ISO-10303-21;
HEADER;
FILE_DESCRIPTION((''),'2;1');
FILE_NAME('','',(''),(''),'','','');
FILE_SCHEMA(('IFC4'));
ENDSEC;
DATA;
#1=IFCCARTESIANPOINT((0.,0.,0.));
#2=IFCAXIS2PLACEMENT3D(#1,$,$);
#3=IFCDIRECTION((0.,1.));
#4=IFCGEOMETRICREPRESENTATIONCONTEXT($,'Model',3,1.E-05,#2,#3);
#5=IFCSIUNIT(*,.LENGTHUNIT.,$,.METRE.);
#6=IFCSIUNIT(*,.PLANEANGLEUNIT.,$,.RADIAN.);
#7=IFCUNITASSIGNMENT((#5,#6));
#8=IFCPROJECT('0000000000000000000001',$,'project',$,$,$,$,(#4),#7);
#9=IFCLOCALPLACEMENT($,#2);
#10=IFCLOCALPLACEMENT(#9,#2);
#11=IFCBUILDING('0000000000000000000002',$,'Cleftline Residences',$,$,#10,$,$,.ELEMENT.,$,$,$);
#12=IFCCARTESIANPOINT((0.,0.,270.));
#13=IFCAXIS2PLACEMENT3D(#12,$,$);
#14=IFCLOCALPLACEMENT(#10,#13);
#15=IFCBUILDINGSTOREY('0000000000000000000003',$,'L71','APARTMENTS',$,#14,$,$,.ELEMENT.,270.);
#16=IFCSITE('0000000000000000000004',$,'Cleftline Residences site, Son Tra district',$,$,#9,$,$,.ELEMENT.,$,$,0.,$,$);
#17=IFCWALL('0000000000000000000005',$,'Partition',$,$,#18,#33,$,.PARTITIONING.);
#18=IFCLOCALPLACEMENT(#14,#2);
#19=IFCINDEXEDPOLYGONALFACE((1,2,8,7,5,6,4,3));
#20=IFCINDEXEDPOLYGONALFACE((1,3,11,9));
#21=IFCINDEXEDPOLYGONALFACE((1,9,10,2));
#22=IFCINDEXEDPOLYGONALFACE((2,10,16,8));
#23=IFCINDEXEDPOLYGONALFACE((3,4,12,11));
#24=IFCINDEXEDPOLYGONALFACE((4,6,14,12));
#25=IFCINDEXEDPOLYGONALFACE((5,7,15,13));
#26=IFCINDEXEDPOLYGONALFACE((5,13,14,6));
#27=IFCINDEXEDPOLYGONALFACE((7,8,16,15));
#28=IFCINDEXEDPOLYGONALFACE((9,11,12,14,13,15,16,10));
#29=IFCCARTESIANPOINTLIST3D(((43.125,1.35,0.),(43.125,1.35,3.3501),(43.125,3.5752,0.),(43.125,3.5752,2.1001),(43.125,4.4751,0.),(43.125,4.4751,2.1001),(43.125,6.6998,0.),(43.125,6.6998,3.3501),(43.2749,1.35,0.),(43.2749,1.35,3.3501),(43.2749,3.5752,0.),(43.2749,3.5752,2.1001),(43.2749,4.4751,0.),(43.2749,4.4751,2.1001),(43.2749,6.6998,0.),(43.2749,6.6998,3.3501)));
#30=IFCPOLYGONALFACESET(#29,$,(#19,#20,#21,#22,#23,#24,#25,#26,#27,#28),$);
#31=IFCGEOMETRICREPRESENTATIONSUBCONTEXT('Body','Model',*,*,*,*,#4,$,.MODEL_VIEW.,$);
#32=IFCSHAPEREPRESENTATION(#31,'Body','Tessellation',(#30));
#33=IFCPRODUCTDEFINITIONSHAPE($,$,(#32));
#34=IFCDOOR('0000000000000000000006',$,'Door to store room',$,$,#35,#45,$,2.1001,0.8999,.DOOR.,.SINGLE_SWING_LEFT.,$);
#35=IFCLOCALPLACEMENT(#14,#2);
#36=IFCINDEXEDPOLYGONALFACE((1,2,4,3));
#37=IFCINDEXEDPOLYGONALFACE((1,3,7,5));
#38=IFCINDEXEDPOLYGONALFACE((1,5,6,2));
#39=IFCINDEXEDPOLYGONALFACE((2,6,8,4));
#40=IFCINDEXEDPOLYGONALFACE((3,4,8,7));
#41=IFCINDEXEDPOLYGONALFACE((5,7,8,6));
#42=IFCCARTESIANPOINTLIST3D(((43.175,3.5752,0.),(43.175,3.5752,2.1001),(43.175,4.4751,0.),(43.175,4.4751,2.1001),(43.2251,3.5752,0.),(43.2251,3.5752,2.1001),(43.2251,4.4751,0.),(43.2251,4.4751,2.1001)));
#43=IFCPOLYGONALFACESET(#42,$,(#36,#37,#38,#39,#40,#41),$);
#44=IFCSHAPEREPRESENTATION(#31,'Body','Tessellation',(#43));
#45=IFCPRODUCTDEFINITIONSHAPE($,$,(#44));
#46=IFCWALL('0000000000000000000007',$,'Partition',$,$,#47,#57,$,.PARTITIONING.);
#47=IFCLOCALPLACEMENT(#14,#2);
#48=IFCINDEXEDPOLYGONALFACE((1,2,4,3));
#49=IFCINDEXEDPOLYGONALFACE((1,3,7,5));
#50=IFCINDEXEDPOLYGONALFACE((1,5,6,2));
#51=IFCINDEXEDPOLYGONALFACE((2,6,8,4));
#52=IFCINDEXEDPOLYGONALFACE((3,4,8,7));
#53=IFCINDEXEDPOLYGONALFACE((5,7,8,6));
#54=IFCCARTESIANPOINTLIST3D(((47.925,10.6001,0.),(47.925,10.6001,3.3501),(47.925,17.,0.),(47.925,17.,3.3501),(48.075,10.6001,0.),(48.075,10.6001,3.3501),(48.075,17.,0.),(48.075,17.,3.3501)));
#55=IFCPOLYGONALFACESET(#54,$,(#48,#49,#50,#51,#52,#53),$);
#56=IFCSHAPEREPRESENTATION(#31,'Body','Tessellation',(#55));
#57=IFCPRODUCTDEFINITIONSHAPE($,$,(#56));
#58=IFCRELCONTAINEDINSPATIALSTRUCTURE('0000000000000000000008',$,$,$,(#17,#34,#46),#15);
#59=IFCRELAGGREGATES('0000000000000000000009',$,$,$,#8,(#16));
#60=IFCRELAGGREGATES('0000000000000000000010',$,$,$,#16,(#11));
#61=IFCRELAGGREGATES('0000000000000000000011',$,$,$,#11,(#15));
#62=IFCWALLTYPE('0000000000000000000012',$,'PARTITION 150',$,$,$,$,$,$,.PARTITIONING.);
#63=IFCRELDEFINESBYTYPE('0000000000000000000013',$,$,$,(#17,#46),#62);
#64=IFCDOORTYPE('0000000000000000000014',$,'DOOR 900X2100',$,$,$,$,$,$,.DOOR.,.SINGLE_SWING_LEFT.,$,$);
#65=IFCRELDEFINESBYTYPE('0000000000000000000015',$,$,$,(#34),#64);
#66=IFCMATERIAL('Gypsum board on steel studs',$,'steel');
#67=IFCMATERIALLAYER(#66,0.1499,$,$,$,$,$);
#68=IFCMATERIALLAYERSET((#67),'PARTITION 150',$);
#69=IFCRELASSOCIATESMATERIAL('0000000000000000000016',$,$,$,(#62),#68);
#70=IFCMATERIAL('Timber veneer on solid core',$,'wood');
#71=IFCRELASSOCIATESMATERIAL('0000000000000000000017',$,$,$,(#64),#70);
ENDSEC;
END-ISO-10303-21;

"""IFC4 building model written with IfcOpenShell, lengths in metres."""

from ifc_helpers import new_model, si_unit, direction, frame, frame_2d, origin, place, context, subcontext, project, spatial, rectangle, extrude, material, layer, layer_set, type_object, element, fill, save


model = new_model("IFC4")

# Units and contexts
model_context = context("Model", 3, precision=1e-05, world=origin(), true_north=direction((0.0, 1.0)))
body_context = subcontext(model_context, "Body", "Model", "MODEL_VIEW")
ifc_project = project(units=[si_unit("LENGTHUNIT", "METRE"), si_unit("PLANEANGLEUNIT", "RADIAN")], contexts=[model_context])

# Site, building, storey
site_placement = place(None, origin())
site = spatial("IfcSite", under=ifc_project, at=site_placement, Name="Cleftline Residences site, Son Tra district", CompositionType="ELEMENT", RefElevation=0.0)
building_placement = place(site_placement, origin())
building = spatial("IfcBuilding", under=site, at=building_placement, Name="Cleftline Residences", CompositionType="ELEMENT")
storey_placement = place(building_placement, frame((0.0, 0.0, 270.0)))
storey = spatial("IfcBuildingStorey", under=building, at=storey_placement, Name="L71", Description="APARTMENTS", CompositionType="ELEMENT", Elevation=270.0)

# Shared definitions
ifc_material_1 = material(Name="Gypsum board on steel studs", Category="steel")
ifc_layer_1 = layer(ifc_material_1, 0.1499)
ifc_layer_set_1 = layer_set([ifc_layer_1], Name="PARTITION 150")
wall_type_1 = type_object("IfcWallType", Name="PARTITION 150", PredefinedType="PARTITIONING", material=ifc_layer_set_1)

# Shared definitions
ifc_material_2 = material(Name="Timber veneer on solid core", Category="wood")
door_type_1 = type_object("IfcDoorType", Name="DOOR 900X2100", OperationType="SINGLE_SWING_LEFT", PredefinedType="DOOR", material=ifc_material_2)

# Wall, opening, door
wall_1_placement = place(storey_placement, frame((43.2, 1.3501, 0.0), z_axis=(0.0, 0.0, 1.0), x_axis=(0.0, 1.0, 0.0)))
wall_1 = element("IfcWall", 1, at=wall_1_placement, inside=storey, type_object=wall_type_1, Name="Partition", PredefinedType="PARTITIONING", context=body_context, shape_type="SweptSolid", body=[
    extrude(rectangle(XDim=5.3499, YDim=0.1499, at=frame_2d((2.6748, 0.0))), origin(), (0.0, 0.0, 1.0), 3.3501),
])
opening_1_placement = place(wall_1_placement, frame((2.2251, 0.0, 0.0)))
opening_1 = element("IfcOpeningElement", 2, at=opening_1_placement, cuts=wall_1, PredefinedType="OPENING", context=body_context, shape_type="SweptSolid", body=[
    extrude(rectangle(XDim=0.8999, YDim=2.1001, at=frame_2d((0.45, 1.05))), frame((0.0, 0.085, 0.0), z_axis=(0.0, -1.0, 0.0), x_axis=(1.0, 0.0, 0.0)), (0.0, 0.0, 1.0), 0.1699),
])
door_1_placement = place(opening_1_placement, origin())
door_1 = element("IfcDoor", 3, at=door_1_placement, inside=storey, type_object=door_type_1, Name="Door to store room", OperationType="SINGLE_SWING_LEFT", OverallHeight=2.1001, OverallWidth=0.8999, PredefinedType="DOOR", context=body_context, shape_type="SweptSolid", body=[
    extrude(rectangle(XDim=0.8999, YDim=2.1001, at=frame_2d((0.45, 1.05))), frame((0.0, 0.0249, 0.0), z_axis=(0.0, -1.0, 0.0), x_axis=(1.0, 0.0, 0.0)), (0.0, 0.0, 1.0), 0.05),
])
fill(opening_1, door_1)

# Wall
wall_2_placement = place(storey_placement, frame((48.0, 10.6001, 0.0), z_axis=(0.0, 0.0, 1.0), x_axis=(0.0, 1.0, 0.0)))
element("IfcWall", 4, at=wall_2_placement, inside=storey, type_object=wall_type_1, Name="Partition", PredefinedType="PARTITIONING", context=body_context, shape_type="SweptSolid", body=[
    extrude(rectangle(XDim=6.3999, YDim=0.1499, at=frame_2d((3.2, 0.0))), origin(), (0.0, 0.0, 1.0), 3.3501),
])

save(model, "model.ifc")
